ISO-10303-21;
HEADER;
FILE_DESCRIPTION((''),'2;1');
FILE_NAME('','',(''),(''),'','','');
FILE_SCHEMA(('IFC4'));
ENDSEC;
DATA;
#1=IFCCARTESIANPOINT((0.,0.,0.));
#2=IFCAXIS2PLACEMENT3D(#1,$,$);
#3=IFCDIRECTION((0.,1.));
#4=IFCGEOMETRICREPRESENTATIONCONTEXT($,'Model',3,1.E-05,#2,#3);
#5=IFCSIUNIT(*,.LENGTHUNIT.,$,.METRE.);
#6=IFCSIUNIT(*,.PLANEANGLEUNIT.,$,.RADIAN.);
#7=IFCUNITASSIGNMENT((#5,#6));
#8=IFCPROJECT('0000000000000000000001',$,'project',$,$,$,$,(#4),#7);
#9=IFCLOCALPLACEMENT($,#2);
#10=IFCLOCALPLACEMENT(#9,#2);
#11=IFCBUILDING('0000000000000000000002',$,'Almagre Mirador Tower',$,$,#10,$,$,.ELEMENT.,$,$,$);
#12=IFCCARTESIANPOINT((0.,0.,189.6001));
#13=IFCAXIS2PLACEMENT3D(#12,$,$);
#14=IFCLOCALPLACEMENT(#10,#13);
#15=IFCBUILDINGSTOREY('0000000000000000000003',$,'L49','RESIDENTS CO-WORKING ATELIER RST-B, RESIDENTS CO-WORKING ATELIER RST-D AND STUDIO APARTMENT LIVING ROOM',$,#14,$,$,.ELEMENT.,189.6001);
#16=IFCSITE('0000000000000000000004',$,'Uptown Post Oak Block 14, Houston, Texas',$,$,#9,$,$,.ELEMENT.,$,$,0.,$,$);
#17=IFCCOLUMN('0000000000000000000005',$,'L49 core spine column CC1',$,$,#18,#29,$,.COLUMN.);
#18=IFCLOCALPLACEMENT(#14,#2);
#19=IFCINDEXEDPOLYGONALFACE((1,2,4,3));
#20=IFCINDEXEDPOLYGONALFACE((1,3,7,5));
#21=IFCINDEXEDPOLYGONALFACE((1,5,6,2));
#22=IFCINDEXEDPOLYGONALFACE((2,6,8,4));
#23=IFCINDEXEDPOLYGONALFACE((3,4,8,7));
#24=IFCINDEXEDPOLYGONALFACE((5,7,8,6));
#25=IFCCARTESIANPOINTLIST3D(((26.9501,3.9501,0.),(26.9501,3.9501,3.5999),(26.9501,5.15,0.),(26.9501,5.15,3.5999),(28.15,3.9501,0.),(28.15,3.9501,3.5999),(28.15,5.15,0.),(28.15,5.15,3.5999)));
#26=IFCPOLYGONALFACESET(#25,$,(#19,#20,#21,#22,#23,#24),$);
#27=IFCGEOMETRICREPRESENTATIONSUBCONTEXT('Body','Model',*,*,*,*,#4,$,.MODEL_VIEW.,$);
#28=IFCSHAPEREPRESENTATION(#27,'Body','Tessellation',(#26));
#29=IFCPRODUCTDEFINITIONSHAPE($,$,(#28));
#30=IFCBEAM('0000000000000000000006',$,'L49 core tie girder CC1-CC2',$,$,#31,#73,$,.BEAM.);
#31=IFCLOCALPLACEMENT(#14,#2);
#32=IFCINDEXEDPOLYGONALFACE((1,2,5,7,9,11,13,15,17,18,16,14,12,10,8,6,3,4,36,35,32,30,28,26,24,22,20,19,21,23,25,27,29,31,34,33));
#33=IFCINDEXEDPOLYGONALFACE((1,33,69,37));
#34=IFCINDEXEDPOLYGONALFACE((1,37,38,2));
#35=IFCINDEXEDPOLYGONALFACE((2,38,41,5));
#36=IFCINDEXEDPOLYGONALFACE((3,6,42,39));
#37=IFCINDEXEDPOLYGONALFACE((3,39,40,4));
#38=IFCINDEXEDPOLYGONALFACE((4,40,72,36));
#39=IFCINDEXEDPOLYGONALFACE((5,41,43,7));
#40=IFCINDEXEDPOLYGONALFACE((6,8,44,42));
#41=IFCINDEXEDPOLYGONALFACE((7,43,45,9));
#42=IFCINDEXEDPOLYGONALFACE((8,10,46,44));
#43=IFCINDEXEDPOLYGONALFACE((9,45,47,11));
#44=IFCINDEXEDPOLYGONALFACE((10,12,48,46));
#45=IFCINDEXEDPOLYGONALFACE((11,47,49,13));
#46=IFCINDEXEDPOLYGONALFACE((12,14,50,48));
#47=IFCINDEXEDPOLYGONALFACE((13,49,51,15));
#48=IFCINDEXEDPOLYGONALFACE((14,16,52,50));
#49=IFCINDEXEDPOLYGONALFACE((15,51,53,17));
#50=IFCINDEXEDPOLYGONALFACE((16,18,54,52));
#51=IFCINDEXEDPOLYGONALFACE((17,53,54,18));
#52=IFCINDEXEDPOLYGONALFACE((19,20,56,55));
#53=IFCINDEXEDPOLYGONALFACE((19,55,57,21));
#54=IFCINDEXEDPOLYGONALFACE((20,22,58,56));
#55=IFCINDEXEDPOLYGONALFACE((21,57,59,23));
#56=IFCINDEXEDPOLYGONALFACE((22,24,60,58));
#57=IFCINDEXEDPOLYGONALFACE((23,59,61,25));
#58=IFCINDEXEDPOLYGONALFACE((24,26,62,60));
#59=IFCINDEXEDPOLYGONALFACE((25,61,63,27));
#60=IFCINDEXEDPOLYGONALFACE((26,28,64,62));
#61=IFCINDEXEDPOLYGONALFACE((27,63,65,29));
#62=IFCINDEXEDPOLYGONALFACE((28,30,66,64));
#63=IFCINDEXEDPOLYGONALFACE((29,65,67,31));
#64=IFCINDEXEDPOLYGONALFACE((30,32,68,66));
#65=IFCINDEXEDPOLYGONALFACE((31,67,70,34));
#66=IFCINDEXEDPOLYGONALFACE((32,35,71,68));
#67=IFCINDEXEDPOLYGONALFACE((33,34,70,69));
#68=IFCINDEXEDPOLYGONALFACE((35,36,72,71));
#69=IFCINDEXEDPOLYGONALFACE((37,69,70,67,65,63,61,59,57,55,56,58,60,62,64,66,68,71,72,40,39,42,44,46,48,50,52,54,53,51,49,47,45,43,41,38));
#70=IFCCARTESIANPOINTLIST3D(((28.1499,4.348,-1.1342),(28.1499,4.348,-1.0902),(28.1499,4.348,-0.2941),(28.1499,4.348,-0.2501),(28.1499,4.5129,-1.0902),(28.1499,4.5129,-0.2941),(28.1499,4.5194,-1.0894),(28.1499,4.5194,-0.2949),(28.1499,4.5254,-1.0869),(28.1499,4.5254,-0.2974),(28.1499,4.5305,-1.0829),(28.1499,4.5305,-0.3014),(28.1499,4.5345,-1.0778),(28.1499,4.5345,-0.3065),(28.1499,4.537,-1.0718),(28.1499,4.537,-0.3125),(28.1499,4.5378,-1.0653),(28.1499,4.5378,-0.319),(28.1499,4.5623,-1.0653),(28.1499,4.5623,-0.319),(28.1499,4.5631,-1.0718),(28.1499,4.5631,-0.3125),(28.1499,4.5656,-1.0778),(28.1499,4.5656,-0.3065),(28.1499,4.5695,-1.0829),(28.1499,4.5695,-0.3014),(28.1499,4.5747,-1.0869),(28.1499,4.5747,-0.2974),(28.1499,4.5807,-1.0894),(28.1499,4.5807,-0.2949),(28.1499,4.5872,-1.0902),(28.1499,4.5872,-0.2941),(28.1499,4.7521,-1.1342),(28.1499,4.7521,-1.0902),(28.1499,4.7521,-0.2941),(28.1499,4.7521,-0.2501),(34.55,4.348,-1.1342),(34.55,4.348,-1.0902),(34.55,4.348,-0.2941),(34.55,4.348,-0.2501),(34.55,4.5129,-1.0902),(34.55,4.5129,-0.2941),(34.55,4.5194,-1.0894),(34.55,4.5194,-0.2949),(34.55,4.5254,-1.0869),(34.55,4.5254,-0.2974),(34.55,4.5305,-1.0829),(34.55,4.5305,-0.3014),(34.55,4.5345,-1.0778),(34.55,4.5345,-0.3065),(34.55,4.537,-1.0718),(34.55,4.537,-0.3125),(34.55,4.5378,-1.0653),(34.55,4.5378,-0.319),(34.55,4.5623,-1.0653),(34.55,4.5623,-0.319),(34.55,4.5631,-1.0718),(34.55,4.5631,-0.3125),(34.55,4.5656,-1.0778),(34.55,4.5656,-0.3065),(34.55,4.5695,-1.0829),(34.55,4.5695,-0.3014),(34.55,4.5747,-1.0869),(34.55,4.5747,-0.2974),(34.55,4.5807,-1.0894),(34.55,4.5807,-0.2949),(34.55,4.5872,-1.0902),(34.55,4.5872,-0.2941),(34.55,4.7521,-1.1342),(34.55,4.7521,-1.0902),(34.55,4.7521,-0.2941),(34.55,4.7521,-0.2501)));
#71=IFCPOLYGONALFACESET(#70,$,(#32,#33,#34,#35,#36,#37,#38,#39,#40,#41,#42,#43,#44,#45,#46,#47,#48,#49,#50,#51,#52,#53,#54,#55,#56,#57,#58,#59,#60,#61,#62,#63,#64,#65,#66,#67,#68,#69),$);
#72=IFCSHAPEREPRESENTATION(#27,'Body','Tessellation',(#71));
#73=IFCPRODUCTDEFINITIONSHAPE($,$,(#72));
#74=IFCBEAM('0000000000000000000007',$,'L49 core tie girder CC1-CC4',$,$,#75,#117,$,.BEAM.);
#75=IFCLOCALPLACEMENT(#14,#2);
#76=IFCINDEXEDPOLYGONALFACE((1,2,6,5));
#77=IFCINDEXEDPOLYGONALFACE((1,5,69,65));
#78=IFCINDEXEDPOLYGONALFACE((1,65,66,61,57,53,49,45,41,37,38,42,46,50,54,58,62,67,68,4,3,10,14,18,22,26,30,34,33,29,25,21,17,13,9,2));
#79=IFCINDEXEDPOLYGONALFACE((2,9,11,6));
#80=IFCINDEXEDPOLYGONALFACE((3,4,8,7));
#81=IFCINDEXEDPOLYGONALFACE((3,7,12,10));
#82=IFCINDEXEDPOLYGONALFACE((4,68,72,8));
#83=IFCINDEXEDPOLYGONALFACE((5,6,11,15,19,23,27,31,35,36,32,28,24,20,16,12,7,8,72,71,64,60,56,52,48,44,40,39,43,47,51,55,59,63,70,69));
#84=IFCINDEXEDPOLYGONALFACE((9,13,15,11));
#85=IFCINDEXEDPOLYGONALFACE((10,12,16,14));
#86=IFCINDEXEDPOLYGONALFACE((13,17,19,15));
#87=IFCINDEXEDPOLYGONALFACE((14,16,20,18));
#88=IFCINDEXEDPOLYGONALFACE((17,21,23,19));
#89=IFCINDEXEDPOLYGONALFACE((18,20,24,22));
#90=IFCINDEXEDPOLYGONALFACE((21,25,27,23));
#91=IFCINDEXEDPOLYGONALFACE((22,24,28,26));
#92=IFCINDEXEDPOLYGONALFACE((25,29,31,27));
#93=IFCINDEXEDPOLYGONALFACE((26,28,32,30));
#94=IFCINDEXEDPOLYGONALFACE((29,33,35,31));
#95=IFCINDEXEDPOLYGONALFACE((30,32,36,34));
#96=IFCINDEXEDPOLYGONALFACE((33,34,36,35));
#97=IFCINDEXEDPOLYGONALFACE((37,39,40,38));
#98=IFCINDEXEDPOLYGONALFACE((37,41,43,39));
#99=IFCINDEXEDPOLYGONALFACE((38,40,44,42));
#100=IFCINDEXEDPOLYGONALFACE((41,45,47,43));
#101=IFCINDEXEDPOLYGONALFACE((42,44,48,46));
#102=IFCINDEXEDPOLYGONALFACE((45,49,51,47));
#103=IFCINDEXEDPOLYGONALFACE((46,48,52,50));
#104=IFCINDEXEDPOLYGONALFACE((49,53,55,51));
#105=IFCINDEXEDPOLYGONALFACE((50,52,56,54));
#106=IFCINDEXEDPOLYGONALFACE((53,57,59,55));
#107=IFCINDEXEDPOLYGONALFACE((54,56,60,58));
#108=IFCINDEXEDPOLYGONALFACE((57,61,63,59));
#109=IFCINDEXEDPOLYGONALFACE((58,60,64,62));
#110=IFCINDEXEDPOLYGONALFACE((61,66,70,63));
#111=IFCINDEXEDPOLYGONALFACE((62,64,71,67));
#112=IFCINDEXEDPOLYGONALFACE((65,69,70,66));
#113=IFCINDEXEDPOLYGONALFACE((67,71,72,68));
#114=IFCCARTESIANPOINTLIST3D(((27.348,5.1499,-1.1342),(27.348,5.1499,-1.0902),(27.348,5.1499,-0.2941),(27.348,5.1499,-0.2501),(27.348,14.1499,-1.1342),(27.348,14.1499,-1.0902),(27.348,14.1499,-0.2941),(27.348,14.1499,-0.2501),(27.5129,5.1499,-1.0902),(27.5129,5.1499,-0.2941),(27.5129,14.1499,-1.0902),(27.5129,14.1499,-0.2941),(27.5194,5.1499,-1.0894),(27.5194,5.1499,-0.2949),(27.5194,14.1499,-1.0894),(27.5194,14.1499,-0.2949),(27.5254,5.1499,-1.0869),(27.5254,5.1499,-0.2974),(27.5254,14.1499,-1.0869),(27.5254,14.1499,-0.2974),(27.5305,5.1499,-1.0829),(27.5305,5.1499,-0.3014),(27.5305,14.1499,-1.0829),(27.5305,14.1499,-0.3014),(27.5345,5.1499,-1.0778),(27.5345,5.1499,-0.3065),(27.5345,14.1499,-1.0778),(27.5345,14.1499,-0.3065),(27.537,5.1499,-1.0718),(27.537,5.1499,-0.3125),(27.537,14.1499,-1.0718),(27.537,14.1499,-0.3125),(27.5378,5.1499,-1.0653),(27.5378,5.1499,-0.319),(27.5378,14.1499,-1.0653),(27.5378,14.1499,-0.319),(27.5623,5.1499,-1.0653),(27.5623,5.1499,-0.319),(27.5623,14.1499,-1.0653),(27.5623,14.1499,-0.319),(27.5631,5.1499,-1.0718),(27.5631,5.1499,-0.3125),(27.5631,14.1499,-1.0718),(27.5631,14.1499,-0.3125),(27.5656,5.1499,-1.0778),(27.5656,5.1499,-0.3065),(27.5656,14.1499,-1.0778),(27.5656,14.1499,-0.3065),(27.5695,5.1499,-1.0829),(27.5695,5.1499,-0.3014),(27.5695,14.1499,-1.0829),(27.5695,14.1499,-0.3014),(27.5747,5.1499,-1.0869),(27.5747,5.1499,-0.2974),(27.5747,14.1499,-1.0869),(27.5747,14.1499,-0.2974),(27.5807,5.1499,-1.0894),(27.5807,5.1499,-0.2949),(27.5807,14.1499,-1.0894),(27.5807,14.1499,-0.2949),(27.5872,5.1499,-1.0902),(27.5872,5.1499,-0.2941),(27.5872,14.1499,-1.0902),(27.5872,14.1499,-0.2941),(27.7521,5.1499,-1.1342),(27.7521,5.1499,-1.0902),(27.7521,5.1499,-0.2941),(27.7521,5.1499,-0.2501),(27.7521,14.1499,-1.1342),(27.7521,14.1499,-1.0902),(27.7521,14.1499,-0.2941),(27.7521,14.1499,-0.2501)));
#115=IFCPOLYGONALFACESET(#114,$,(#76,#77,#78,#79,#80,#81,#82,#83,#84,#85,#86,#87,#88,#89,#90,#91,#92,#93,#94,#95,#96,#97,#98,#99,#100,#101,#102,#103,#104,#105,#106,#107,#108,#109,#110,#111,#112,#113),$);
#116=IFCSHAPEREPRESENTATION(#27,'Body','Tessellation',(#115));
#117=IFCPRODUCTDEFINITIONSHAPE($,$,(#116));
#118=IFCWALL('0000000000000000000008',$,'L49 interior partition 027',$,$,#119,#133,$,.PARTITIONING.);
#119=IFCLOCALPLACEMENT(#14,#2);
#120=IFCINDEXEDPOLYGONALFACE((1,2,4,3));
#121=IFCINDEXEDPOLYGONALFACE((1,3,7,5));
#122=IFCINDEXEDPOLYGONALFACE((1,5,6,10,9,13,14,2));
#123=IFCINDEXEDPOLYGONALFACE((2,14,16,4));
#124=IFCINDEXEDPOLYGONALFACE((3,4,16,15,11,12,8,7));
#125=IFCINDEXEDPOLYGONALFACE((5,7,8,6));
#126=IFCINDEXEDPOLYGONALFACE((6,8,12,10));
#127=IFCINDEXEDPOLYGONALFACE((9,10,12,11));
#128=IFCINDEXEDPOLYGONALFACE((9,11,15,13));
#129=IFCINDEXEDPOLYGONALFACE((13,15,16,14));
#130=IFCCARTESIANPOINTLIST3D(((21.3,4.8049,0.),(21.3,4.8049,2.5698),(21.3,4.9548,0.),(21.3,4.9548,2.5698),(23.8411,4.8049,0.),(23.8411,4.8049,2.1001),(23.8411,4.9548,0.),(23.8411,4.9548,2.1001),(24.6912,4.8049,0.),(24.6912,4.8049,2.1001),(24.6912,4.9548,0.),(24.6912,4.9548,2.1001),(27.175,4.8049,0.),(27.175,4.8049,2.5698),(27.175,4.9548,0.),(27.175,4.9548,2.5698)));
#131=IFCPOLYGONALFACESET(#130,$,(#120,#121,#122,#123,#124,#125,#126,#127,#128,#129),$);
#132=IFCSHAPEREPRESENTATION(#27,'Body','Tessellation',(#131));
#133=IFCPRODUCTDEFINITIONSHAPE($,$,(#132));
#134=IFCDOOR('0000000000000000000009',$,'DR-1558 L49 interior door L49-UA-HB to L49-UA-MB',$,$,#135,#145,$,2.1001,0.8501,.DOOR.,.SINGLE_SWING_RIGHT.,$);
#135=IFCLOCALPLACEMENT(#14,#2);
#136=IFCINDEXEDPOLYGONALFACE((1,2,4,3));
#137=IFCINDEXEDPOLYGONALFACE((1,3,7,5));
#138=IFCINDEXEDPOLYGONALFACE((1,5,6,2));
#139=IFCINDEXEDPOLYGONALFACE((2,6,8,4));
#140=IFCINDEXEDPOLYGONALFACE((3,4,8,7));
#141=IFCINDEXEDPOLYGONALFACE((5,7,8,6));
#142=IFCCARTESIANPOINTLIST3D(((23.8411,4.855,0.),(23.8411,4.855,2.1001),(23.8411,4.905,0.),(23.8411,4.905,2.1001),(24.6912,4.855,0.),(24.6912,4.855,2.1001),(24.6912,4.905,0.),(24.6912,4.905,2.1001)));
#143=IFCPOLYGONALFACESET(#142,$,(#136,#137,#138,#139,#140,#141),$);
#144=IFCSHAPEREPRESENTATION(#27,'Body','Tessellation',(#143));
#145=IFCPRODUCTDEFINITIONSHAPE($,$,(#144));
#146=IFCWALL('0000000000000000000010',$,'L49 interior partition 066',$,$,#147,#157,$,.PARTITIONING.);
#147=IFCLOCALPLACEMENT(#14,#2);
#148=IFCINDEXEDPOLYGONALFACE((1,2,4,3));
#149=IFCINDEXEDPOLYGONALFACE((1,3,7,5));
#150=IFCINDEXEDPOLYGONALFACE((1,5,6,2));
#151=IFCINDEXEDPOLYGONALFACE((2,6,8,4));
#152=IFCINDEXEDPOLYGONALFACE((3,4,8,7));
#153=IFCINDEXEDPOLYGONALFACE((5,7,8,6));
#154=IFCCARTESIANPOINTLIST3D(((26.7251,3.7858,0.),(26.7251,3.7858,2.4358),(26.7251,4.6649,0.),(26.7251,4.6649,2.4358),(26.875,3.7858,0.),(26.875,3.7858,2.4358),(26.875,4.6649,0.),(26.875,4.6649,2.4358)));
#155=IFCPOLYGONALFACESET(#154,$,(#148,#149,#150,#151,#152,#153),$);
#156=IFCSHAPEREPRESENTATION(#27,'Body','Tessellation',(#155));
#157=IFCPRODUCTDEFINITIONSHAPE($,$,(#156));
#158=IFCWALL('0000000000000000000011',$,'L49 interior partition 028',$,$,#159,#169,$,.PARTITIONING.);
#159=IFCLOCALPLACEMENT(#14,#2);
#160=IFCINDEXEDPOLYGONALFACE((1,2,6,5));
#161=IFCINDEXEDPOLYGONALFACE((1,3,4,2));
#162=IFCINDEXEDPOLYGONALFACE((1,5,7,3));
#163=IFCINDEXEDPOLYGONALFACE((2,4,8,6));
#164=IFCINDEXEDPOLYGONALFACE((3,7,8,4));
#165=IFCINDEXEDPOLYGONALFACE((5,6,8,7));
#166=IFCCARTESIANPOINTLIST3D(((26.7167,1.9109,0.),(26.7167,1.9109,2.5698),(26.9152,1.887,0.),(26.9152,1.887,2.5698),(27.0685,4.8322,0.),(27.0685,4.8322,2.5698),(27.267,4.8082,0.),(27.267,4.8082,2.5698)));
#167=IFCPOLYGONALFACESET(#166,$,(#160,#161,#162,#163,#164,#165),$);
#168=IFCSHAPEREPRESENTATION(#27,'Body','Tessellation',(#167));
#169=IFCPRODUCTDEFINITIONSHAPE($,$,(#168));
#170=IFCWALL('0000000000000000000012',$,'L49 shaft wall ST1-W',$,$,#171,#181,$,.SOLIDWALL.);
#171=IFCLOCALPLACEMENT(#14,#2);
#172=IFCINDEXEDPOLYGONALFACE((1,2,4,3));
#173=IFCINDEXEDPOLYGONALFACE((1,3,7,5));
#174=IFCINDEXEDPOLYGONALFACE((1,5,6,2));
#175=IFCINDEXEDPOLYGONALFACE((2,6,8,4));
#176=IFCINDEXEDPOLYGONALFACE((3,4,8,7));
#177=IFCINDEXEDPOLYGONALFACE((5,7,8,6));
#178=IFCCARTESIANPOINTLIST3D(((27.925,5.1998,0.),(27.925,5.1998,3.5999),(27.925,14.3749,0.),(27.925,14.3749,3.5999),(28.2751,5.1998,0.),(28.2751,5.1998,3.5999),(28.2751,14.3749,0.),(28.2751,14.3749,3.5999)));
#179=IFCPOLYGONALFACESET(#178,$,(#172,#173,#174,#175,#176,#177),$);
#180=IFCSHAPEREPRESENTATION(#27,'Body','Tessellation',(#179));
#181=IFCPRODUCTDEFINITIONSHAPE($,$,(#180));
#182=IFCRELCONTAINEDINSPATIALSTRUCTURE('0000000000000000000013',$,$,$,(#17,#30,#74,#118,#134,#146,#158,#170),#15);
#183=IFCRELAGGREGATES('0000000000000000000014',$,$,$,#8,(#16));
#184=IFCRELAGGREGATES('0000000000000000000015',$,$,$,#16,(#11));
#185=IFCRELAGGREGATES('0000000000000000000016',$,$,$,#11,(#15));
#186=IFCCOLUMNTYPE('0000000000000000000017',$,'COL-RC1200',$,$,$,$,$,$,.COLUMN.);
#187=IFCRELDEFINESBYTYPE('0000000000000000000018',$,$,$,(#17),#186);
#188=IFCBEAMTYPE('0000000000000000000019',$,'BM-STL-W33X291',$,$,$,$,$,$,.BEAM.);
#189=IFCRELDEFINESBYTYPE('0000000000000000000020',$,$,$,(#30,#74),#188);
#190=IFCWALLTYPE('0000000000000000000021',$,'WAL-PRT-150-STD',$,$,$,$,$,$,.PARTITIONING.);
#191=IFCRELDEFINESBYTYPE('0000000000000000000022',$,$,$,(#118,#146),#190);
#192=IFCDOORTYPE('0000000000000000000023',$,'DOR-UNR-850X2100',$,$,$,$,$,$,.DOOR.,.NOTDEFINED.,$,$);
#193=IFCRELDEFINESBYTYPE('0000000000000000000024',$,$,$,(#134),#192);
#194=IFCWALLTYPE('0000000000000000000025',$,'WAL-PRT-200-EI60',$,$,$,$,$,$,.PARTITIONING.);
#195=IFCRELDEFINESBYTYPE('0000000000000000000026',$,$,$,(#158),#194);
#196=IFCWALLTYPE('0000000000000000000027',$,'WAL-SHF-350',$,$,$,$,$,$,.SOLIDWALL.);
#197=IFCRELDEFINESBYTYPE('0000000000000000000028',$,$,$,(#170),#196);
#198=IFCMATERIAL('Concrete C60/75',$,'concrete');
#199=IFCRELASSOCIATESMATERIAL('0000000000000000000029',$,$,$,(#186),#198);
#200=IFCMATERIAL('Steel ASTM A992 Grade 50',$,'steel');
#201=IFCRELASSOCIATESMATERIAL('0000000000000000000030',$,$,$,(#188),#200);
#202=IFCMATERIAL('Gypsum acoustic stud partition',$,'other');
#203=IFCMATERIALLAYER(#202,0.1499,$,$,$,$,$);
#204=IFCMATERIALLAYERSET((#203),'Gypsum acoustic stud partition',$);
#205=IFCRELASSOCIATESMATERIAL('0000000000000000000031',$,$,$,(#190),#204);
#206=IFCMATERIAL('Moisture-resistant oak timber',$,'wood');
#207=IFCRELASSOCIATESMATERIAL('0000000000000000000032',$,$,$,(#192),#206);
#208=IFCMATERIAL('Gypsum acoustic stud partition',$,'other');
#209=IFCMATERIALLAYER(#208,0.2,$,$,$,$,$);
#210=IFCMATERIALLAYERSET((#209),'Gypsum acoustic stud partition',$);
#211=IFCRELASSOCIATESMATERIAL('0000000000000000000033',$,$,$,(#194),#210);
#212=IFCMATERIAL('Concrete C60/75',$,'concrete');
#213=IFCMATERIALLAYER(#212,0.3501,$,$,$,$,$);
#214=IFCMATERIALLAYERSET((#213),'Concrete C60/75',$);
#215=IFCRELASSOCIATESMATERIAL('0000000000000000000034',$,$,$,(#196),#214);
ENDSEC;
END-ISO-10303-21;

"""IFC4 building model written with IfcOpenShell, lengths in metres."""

from ifc_helpers import new_model, si_unit, direction, frame, frame_2d, origin, origin_2d, place, context, subcontext, project, spatial, rectangle, i_section, extrude, material, layer, layer_set, material_profile, profile_set, type_object, element, fill, save


model = new_model("IFC4")

# Units and contexts
model_context = context("Model", 3, precision=1e-05, world=origin(), true_north=direction((0.0, 1.0)))
body_context = subcontext(model_context, "Body", "Model", "MODEL_VIEW")
ifc_project = project(units=[si_unit("LENGTHUNIT", "METRE"), si_unit("PLANEANGLEUNIT", "RADIAN")], contexts=[model_context])

# Site, building, storey
site_placement = place(None, origin())
site = spatial("IfcSite", under=ifc_project, at=site_placement, Name="Uptown Post Oak Block 14, Houston, Texas", CompositionType="ELEMENT", RefElevation=0.0)
building_placement = place(site_placement, origin())
building = spatial("IfcBuilding", under=site, at=building_placement, Name="Almagre Mirador Tower", CompositionType="ELEMENT")
storey_placement = place(building_placement, frame((0.0, 0.0, 189.6001)))
storey = spatial("IfcBuildingStorey", under=building, at=storey_placement, Name="L49", Description="RESIDENTS CO-WORKING ATELIER RST-B, RESIDENTS CO-WORKING ATELIER RST-D AND STUDIO APARTMENT LIVING ROOM", CompositionType="ELEMENT", Elevation=189.6001)

# Column
ifc_material_1 = material(Name="Concrete C60/75", Category="concrete")
ifc_material_profile_1 = material_profile(ifc_material_1, rectangle(XDim=1.2, YDim=1.2, at=origin_2d()), Name="RC1200X1200")
ifc_profile_set_1 = profile_set([ifc_material_profile_1], Name="Concrete C60/75")
column_type = type_object("IfcColumnType", Name="COL-RC1200", PredefinedType="COLUMN", material=ifc_profile_set_1)
column_placement = place(storey_placement, frame((27.55, 4.55, 0.0), z_axis=(0.0, 0.0, 1.0), x_axis=(1.0, 0.0, 0.0)))
element("IfcColumn", 1, at=column_placement, inside=storey, type_object=column_type, Name="L49 core spine column CC1", PredefinedType="COLUMN", context=body_context, shape_type="SweptSolid", body=[
    extrude(rectangle(XDim=1.2, YDim=1.2, at=origin_2d()), origin(), (0.0, 0.0, 1.0), 3.5999),
])

# Beams
ifc_material_2 = material(Name="Steel ASTM A992 Grade 50", Category="steel")
ifc_material_profile_2 = material_profile(ifc_material_2, i_section(OverallWidth=0.4041, OverallDepth=0.884, WebThickness=0.0244, FlangeThickness=0.0439, FilletRadius=0.0249, at=origin_2d()), Name="W33X291")
ifc_profile_set_2 = profile_set([ifc_material_profile_2], Name="Steel ASTM A992 Grade 50")
beam_type = type_object("IfcBeamType", Name="BM-STL-W33X291", PredefinedType="BEAM", material=ifc_profile_set_2)
beam_1_placement = place(storey_placement, frame((28.1499, 4.55, -0.6921), z_axis=(1.0, 0.0, 0.0), x_axis=(0.0, 1.0, 0.0)))
element("IfcBeam", 2, at=beam_1_placement, inside=storey, type_object=beam_type, Name="L49 core tie girder CC1-CC2", PredefinedType="BEAM", context=body_context, shape_type="SweptSolid", body=[
    extrude(i_section(OverallWidth=0.4041, OverallDepth=0.884, WebThickness=0.0244, FlangeThickness=0.0439, FilletRadius=0.0249, at=origin_2d()), origin(), (0.0, 0.0, 1.0), 6.4001),
])
beam_2_placement = place(storey_placement, frame((27.55, 5.1499, -0.6921), z_axis=(0.0, 1.0, 0.0), x_axis=(-1.0, 0.0, 0.0)))
element("IfcBeam", 3, at=beam_2_placement, inside=storey, type_object=beam_type, Name="L49 core tie girder CC1-CC4", PredefinedType="BEAM", context=body_context, shape_type="SweptSolid", body=[
    extrude(i_section(OverallWidth=0.4041, OverallDepth=0.884, WebThickness=0.0244, FlangeThickness=0.0439, FilletRadius=0.0249, at=origin_2d()), origin(), (0.0, 0.0, 1.0), 9.0),
])

# Wall, opening, door
ifc_material_3 = material(Name="Gypsum acoustic stud partition", Category="other")
ifc_layer_1 = layer(ifc_material_3, 0.1499)
ifc_layer_set_1 = layer_set([ifc_layer_1], Name="Gypsum acoustic stud partition")
wall_type_1 = type_object("IfcWallType", Name="WAL-PRT-150-STD", PredefinedType="PARTITIONING", material=ifc_layer_set_1)
wall_1_placement = place(storey_placement, frame((27.175, 4.8799, 0.0), z_axis=(0.0, 0.0, 1.0), x_axis=(-1.0, 0.0, 0.0)))
wall_1 = element("IfcWall", 4, at=wall_1_placement, inside=storey, type_object=wall_type_1, Name="L49 interior partition 027", PredefinedType="PARTITIONING", context=body_context, shape_type="SweptSolid", body=[
    extrude(rectangle(XDim=5.875, YDim=0.1499, at=frame_2d((2.9375, 0.0))), origin(), (0.0, 0.0, 1.0), 2.5698),
])
opening_placement = place(wall_1_placement, frame((2.4839, 0.0, 0.0)))
opening = element("IfcOpeningElement", 5, at=opening_placement, cuts=wall_1, PredefinedType="OPENING", context=body_context, shape_type="SweptSolid", body=[
    extrude(rectangle(XDim=0.8501, YDim=2.1001, at=frame_2d((0.425, 1.05))), frame((0.0, 0.085, 0.0), z_axis=(0.0, -1.0, 0.0), x_axis=(1.0, 0.0, 0.0)), (0.0, 0.0, 1.0), 0.1699),
])
ifc_material_4 = material(Name="Moisture-resistant oak timber", Category="wood")
door_type = type_object("IfcDoorType", Name="DOR-UNR-850X2100", OperationType="NOTDEFINED", PredefinedType="DOOR", material=ifc_material_4)
door_placement = place(opening_placement, origin())
door = element("IfcDoor", 6, at=door_placement, inside=storey, type_object=door_type, Name="DR-1558 L49 interior door L49-UA-HB to L49-UA-MB", OperationType="SINGLE_SWING_RIGHT", OverallHeight=2.1001, OverallWidth=0.8501, PredefinedType="DOOR", context=body_context, shape_type="SweptSolid", body=[
    extrude(rectangle(XDim=0.8501, YDim=2.1001, at=frame_2d((0.425, 1.05))), frame((0.0, 0.0249, 0.0), z_axis=(0.0, -1.0, 0.0), x_axis=(1.0, 0.0, 0.0)), (0.0, 0.0, 1.0), 0.05),
])
fill(opening, door)

# Walls
wall_2_placement = place(storey_placement, frame((26.8, 3.7859, 0.0), z_axis=(0.0, 0.0, 1.0), x_axis=(0.0, 1.0, 0.0)))
element("IfcWall", 7, at=wall_2_placement, inside=storey, type_object=wall_type_1, Name="L49 interior partition 066", PredefinedType="PARTITIONING", context=body_context, shape_type="SweptSolid", body=[
    extrude(rectangle(XDim=0.8792, YDim=0.1499, at=frame_2d((0.4395, 0.0))), origin(), (0.0, 0.0, 1.0), 2.4358),
])
ifc_material_5 = material(Name="Gypsum acoustic stud partition", Category="other")
ifc_layer_2 = layer(ifc_material_5, 0.2)
ifc_layer_set_2 = layer_set([ifc_layer_2], Name="Gypsum acoustic stud partition")
wall_type_2 = type_object("IfcWallType", Name="WAL-PRT-200-EI60", PredefinedType="PARTITIONING", material=ifc_layer_set_2)
wall_3_placement = place(storey_placement, frame((26.8159, 1.8989, 0.0), z_axis=(0.0, 0.0, 1.0), x_axis=(0.119561, 0.992827, 0.0)))
element("IfcWall", 8, at=wall_3_placement, inside=storey, type_object=wall_type_2, Name="L49 interior partition 028", PredefinedType="PARTITIONING", context=body_context, shape_type="SweptSolid", body=[
    extrude(rectangle(XDim=2.9424, YDim=0.2, at=frame_2d((1.4712, 0.0))), origin(), (0.0, 0.0, 1.0), 2.5698),
])
ifc_material_6 = material(Name="Concrete C60/75", Category="concrete")
ifc_layer_3 = layer(ifc_material_6, 0.3501)
ifc_layer_set_3 = layer_set([ifc_layer_3], Name="Concrete C60/75")
wall_type_3 = type_object("IfcWallType", Name="WAL-SHF-350", PredefinedType="SOLIDWALL", material=ifc_layer_set_3)
wall_4_placement = place(storey_placement, frame((28.1001, 5.2, 0.0), z_axis=(0.0, 0.0, 1.0), x_axis=(0.0, 1.0, 0.0)))
element("IfcWall", 9, at=wall_4_placement, inside=storey, type_object=wall_type_3, Name="L49 shaft wall ST1-W", PredefinedType="SOLIDWALL", context=body_context, shape_type="SweptSolid", body=[
    extrude(rectangle(XDim=9.175, YDim=0.3501, at=frame_2d((4.5874, 0.0))), origin(), (0.0, 0.0, 1.0), 3.5999),
])

save(model, "model.ifc")
